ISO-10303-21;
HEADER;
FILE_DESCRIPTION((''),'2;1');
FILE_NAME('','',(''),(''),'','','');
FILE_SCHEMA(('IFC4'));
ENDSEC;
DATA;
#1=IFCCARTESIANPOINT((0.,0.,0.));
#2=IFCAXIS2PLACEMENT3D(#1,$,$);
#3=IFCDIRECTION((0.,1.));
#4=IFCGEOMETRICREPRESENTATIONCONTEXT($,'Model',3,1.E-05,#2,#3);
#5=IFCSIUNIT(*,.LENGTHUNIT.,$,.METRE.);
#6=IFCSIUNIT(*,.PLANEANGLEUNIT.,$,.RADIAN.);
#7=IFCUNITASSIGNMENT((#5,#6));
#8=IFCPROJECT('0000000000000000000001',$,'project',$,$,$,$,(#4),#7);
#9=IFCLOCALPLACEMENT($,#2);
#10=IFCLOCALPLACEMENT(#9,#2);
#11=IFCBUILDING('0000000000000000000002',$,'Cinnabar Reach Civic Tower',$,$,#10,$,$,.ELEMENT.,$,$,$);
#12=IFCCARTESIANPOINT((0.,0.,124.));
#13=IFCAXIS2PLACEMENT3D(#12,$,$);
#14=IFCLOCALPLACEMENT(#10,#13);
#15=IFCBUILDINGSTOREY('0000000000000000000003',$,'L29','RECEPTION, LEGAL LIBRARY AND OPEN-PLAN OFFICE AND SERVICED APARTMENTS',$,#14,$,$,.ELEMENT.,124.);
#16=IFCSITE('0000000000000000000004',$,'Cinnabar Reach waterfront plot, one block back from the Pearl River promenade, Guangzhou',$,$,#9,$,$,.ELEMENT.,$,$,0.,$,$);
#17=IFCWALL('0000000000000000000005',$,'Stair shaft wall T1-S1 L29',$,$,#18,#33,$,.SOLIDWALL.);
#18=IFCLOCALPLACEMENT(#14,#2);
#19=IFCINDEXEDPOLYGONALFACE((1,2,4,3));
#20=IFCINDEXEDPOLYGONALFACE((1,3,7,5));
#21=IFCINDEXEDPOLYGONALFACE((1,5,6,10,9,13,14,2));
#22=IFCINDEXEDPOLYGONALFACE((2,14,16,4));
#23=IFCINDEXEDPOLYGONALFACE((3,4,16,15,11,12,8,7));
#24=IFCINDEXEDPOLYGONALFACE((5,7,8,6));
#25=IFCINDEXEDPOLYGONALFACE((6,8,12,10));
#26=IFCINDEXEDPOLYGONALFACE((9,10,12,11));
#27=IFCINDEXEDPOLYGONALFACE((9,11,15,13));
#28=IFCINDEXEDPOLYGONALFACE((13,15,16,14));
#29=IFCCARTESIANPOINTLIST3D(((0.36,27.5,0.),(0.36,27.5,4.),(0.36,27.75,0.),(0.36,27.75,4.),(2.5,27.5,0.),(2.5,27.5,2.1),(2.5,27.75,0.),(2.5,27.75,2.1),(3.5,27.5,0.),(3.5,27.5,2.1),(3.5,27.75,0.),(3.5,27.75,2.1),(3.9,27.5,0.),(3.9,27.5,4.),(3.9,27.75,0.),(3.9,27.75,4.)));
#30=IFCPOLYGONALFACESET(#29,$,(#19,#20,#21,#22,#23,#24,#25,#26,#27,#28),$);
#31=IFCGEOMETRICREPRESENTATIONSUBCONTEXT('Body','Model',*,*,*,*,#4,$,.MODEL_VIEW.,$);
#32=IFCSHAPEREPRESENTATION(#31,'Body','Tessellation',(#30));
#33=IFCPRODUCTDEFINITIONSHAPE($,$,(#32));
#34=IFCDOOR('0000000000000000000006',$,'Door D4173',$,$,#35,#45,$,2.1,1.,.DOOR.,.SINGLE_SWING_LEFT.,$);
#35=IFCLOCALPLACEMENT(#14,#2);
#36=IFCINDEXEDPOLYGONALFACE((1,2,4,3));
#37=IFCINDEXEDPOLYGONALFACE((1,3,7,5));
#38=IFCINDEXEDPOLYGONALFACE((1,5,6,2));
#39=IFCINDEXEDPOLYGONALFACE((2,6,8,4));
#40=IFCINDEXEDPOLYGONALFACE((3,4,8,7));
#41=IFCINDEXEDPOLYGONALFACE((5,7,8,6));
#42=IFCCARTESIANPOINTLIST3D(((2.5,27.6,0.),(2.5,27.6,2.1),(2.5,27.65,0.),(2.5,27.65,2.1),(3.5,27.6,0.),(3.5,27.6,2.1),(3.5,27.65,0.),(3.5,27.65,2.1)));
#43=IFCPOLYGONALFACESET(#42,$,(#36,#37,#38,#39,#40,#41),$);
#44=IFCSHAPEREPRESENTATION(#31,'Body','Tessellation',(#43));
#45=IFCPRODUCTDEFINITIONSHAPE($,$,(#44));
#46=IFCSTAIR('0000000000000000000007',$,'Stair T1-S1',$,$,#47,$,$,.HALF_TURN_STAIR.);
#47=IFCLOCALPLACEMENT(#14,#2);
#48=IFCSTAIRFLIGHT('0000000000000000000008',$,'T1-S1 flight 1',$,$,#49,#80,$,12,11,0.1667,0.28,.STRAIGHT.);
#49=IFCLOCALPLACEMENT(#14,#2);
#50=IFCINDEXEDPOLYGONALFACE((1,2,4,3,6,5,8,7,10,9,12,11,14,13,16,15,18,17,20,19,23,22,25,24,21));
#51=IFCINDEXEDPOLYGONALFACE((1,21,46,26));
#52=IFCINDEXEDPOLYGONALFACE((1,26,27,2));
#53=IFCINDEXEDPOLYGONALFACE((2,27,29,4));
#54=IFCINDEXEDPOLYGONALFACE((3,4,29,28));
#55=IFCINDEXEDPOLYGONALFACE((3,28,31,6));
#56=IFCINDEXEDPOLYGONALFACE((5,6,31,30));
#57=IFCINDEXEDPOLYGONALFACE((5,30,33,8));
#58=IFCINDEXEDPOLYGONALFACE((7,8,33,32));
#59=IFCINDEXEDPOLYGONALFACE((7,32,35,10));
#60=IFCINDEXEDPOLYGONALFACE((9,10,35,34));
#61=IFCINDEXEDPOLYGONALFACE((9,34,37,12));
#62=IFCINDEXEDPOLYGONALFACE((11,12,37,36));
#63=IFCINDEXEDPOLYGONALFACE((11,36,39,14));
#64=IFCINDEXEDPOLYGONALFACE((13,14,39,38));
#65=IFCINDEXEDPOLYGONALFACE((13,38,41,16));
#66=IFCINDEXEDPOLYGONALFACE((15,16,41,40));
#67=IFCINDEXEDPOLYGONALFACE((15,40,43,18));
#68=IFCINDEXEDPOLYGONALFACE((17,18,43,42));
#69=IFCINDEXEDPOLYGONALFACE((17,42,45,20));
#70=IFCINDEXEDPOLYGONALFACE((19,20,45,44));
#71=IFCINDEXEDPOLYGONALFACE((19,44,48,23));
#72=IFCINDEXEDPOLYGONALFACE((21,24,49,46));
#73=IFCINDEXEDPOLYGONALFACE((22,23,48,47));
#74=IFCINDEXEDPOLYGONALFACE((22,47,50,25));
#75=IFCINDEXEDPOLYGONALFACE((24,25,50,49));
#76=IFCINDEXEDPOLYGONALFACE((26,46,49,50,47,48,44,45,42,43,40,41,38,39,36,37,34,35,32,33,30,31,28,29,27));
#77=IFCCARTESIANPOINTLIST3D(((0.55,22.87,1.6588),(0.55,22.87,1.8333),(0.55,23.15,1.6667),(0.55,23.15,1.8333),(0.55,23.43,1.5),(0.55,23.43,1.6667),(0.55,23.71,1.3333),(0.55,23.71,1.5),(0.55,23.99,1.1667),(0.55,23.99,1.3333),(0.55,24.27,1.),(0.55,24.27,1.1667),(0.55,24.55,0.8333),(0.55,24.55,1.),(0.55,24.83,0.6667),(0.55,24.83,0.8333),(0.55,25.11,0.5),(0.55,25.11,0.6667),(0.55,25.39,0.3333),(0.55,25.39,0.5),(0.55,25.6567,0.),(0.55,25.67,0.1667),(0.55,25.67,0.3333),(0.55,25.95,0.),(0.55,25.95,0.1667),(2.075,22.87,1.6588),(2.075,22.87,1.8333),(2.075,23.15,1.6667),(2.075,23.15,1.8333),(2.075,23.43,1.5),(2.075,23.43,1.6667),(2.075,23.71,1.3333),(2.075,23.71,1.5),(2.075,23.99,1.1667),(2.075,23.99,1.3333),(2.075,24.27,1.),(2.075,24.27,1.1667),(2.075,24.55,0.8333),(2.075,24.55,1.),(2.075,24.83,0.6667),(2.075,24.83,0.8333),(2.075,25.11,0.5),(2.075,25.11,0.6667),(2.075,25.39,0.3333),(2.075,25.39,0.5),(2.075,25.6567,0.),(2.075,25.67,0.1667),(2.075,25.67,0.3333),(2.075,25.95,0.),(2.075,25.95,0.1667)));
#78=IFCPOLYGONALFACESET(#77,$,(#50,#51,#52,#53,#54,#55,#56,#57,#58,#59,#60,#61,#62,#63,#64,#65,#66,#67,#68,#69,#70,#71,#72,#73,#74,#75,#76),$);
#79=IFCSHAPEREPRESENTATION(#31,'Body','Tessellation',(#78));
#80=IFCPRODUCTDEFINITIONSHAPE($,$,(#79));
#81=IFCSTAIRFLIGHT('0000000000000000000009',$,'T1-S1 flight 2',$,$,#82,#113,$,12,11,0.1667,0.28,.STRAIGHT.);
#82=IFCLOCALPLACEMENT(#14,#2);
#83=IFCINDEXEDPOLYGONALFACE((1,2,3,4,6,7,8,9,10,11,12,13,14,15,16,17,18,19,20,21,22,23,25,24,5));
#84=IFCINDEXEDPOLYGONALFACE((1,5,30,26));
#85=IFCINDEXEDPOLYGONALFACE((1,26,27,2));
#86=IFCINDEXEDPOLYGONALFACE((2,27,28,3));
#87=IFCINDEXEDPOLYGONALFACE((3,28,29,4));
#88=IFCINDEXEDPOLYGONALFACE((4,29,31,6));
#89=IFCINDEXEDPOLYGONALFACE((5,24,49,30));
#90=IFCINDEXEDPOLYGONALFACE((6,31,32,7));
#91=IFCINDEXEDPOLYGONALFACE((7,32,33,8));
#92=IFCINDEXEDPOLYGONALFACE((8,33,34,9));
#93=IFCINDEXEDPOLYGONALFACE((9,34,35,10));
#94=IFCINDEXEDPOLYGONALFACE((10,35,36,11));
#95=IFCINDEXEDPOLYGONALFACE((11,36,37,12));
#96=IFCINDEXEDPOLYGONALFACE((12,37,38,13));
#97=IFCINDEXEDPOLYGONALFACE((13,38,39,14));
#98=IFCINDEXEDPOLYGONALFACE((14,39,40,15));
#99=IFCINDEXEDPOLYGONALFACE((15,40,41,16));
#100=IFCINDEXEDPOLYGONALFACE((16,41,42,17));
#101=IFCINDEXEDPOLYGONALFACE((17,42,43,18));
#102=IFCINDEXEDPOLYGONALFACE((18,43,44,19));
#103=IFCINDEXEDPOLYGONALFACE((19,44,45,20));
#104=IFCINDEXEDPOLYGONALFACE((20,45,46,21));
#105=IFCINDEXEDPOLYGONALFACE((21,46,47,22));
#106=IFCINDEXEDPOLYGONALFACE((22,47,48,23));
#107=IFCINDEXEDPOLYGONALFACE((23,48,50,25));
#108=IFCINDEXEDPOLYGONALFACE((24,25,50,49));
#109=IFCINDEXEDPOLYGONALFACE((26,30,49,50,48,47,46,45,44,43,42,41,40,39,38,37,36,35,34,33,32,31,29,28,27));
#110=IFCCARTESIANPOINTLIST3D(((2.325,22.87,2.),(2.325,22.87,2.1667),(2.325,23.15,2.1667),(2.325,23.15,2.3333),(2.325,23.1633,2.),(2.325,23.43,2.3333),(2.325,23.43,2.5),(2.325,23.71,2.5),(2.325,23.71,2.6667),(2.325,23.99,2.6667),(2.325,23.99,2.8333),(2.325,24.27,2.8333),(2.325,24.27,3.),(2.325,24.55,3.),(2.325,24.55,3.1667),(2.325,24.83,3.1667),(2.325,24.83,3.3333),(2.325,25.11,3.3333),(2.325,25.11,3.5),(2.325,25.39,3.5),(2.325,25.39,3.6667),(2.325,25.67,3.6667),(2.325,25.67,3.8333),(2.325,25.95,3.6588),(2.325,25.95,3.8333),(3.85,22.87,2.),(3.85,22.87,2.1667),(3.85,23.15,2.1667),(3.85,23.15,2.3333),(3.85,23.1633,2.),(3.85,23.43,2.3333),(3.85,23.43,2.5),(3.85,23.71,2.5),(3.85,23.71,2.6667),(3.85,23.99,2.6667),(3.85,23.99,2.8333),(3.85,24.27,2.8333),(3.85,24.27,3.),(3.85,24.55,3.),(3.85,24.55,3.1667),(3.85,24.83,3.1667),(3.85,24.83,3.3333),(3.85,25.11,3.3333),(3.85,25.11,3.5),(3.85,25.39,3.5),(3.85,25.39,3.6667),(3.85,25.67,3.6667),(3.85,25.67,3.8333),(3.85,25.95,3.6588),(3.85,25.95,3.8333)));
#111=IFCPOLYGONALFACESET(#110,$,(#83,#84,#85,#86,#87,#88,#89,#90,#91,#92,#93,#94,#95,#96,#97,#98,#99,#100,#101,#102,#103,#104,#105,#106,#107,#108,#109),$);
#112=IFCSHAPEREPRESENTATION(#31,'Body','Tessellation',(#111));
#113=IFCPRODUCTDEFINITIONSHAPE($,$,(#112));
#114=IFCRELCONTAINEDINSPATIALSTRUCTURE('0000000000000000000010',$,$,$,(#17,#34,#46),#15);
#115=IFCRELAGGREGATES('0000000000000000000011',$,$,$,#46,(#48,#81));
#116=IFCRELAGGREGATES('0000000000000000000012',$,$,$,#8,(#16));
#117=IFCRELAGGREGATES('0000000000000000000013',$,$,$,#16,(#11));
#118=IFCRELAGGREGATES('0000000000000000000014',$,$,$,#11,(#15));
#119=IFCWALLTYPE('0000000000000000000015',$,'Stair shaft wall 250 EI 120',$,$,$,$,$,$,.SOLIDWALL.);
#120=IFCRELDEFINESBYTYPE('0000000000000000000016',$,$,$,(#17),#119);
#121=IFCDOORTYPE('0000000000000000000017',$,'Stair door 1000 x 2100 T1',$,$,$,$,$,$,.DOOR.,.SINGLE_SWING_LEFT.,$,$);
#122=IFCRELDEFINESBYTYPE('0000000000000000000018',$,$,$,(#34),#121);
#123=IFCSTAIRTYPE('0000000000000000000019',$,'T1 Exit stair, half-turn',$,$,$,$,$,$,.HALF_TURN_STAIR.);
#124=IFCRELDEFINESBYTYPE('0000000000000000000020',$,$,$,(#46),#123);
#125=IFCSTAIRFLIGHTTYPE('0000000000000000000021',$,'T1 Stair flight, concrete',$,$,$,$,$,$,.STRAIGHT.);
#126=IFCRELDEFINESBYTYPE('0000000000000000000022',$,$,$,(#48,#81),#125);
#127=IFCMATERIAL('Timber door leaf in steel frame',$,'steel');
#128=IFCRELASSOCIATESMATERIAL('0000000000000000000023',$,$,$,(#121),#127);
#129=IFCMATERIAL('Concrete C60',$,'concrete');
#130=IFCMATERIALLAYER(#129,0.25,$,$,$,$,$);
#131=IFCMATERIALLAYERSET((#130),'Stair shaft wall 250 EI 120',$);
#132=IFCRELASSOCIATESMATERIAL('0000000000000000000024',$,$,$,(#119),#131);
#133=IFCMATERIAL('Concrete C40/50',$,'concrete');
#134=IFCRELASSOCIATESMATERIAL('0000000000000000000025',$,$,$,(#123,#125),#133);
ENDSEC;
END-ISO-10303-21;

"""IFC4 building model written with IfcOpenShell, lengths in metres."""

from ifc_helpers import new_model, si_unit, direction, frame, frame_2d, origin, place, context, subcontext, project, spatial, polyline, rectangle, outline, extrude, material, layer, layer_set, type_object, element, fill, aggregate, save


model = new_model("IFC4")

# Units and contexts
model_context = context("Model", 3, precision=1e-05, world=origin(), true_north=direction((0.0, 1.0)))
body_context = subcontext(model_context, "Body", "Model", "MODEL_VIEW")
ifc_project = project(units=[si_unit("LENGTHUNIT", "METRE"), si_unit("PLANEANGLEUNIT", "RADIAN")], contexts=[model_context])

# Site, building, storey
site_placement = place(None, origin())
site = spatial("IfcSite", under=ifc_project, at=site_placement, Name="Cinnabar Reach waterfront plot, one block back from the Pearl River promenade, Guangzhou", CompositionType="ELEMENT", RefElevation=0.0)
building_placement = place(site_placement, origin())
building = spatial("IfcBuilding", under=site, at=building_placement, Name="Cinnabar Reach Civic Tower", CompositionType="ELEMENT")
storey_placement = place(building_placement, frame((0.0, 0.0, 124.0)))
storey = spatial("IfcBuildingStorey", under=building, at=storey_placement, Name="L29", Description="RECEPTION, LEGAL LIBRARY AND OPEN-PLAN OFFICE AND SERVICED APARTMENTS", CompositionType="ELEMENT", Elevation=124.0)

# Shared definitions
ifc_material_1 = material(Name="Timber door leaf in steel frame", Category="steel")
door_type_1 = type_object("IfcDoorType", Name="Stair door 1000 x 2100 T1", OperationType="SINGLE_SWING_LEFT", PredefinedType="DOOR", material=ifc_material_1)

# Wall, opening, door
ifc_material_2 = material(Name="Concrete C60", Category="concrete")
ifc_layer_1 = layer(ifc_material_2, 0.25)
ifc_layer_set_1 = layer_set([ifc_layer_1], Name="Stair shaft wall 250 EI 120")
wall_type_1 = type_object("IfcWallType", Name="Stair shaft wall 250 EI 120", PredefinedType="SOLIDWALL", material=ifc_layer_set_1)
wall_1_placement = place(storey_placement, frame((3.9, 27.625, 0.0), z_axis=(0.0, 0.0, 1.0), x_axis=(-1.0, 0.0, 0.0)))
wall_1 = element("IfcWall", 1, at=wall_1_placement, inside=storey, type_object=wall_type_1, Name="Stair shaft wall T1-S1 L29", PredefinedType="SOLIDWALL", context=body_context, shape_type="SweptSolid", body=[
    extrude(rectangle(XDim=3.54, YDim=0.25, at=frame_2d((1.77, 0.0))), origin(), (0.0, 0.0, 1.0), 4.0),
])
opening_1_placement = place(wall_1_placement, frame((0.4, 0.0, 0.0)))
opening_1 = element("IfcOpeningElement", 2, at=opening_1_placement, cuts=wall_1, PredefinedType="OPENING", context=body_context, shape_type="SweptSolid", body=[
    extrude(rectangle(XDim=1.0, YDim=2.1, at=frame_2d((0.5, 1.05))), frame((0.0, 0.135, 0.0), z_axis=(0.0, -1.0, 0.0), x_axis=(1.0, 0.0, 0.0)), (0.0, 0.0, 1.0), 0.27),
])
door_1_placement = place(opening_1_placement, origin())
door_1 = element("IfcDoor", 3, at=door_1_placement, inside=storey, type_object=door_type_1, Name="Door D4173", OperationType="SINGLE_SWING_LEFT", OverallHeight=2.1, OverallWidth=1.0, PredefinedType="DOOR", context=body_context, shape_type="SweptSolid", body=[
    extrude(rectangle(XDim=1.0, YDim=2.1, at=frame_2d((0.5, 1.05))), frame((0.0, 0.025, 0.0), z_axis=(0.0, -1.0, 0.0), x_axis=(1.0, 0.0, 0.0)), (0.0, 0.0, 1.0), 0.05),
])
fill(opening_1, door_1)

# Stair, stair flights
ifc_material_3 = material(Name="Concrete C40/50", Category="concrete")
stair_type = type_object("IfcStairType", Name="T1 Exit stair, half-turn", PredefinedType="HALF_TURN_STAIR", material=ifc_material_3)
stair_placement = place(storey_placement, origin())
stair = element("IfcStair", 4, at=stair_placement, inside=storey, type_object=stair_type, Name="Stair T1-S1", PredefinedType="HALF_TURN_STAIR")
stair_flight_type = type_object("IfcStairFlightType", Name="T1 Stair flight, concrete", PredefinedType="STRAIGHT", material=ifc_material_3)
stair_flight_1_placement = place(storey_placement, frame((1.3125, 25.95, 0.0), z_axis=(0.0, 0.0, 1.0), x_axis=(0.0, -1.0, 0.0)))
stair_flight_1 = element("IfcStairFlight", 5, at=stair_flight_1_placement, type_object=stair_flight_type, Name="T1-S1 flight 1", NumberOfRisers=12, NumberOfTreads=11, PredefinedType="STRAIGHT", RiserHeight=0.1667, TreadLength=0.28, context=body_context, shape_type="SweptSolid", body=[
    extrude(outline(polyline([(0.0, 0.0), (0.0, 0.1667), (0.28, 0.1667), (0.28, 0.3333), (0.56, 0.3333), (0.56, 0.5), (0.84, 0.5), (0.84, 0.6667), (1.12, 0.6667), (1.12, 0.8333), (1.4, 0.8333), (1.4, 1.0), (1.68, 1.0), (1.68, 1.1667), (1.96, 1.1667), (1.96, 1.3333), (2.24, 1.3333), (2.24, 1.5), (2.52, 1.5), (2.52, 1.6667), (2.8, 1.6667), (2.8, 1.8333), (3.08, 1.8333), (3.08, 2.0), (3.08, 1.6588), (0.2933, 0.0), (0.0, 0.0)])), frame((0.0, 0.7625, 0.0), z_axis=(0.0, -1.0, 0.0), x_axis=(1.0, 0.0, 0.0)), (0.0, 0.0, 1.0), 1.525),
])
stair_flight_2_placement = place(storey_placement, frame((3.0875, 22.87, 2.0), z_axis=(0.0, 0.0, 1.0), x_axis=(0.0, 1.0, 0.0)))
stair_flight_2 = element("IfcStairFlight", 6, at=stair_flight_2_placement, type_object=stair_flight_type, Name="T1-S1 flight 2", NumberOfRisers=12, NumberOfTreads=11, PredefinedType="STRAIGHT", RiserHeight=0.1667, TreadLength=0.28, context=body_context, shape_type="SweptSolid", body=[
    extrude(outline(polyline([(0.0, 0.0), (0.0, 0.1667), (0.28, 0.1667), (0.28, 0.3333), (0.56, 0.3333), (0.56, 0.5), (0.84, 0.5), (0.84, 0.6667), (1.12, 0.6667), (1.12, 0.8333), (1.4, 0.8333), (1.4, 1.0), (1.68, 1.0), (1.68, 1.1667), (1.96, 1.1667), (1.96, 1.3333), (2.24, 1.3333), (2.24, 1.5), (2.52, 1.5), (2.52, 1.6667), (2.8, 1.6667), (2.8, 1.8333), (3.08, 1.8333), (3.08, 2.0), (3.08, 1.6588), (0.2933, 0.0), (0.0, 0.0)])), frame((0.0, 0.7625, 0.0), z_axis=(0.0, -1.0, 0.0), x_axis=(1.0, 0.0, 0.0)), (0.0, 0.0, 1.0), 1.525),
])
aggregate(stair, [stair_flight_1, stair_flight_2])

save(model, "model.ifc")
